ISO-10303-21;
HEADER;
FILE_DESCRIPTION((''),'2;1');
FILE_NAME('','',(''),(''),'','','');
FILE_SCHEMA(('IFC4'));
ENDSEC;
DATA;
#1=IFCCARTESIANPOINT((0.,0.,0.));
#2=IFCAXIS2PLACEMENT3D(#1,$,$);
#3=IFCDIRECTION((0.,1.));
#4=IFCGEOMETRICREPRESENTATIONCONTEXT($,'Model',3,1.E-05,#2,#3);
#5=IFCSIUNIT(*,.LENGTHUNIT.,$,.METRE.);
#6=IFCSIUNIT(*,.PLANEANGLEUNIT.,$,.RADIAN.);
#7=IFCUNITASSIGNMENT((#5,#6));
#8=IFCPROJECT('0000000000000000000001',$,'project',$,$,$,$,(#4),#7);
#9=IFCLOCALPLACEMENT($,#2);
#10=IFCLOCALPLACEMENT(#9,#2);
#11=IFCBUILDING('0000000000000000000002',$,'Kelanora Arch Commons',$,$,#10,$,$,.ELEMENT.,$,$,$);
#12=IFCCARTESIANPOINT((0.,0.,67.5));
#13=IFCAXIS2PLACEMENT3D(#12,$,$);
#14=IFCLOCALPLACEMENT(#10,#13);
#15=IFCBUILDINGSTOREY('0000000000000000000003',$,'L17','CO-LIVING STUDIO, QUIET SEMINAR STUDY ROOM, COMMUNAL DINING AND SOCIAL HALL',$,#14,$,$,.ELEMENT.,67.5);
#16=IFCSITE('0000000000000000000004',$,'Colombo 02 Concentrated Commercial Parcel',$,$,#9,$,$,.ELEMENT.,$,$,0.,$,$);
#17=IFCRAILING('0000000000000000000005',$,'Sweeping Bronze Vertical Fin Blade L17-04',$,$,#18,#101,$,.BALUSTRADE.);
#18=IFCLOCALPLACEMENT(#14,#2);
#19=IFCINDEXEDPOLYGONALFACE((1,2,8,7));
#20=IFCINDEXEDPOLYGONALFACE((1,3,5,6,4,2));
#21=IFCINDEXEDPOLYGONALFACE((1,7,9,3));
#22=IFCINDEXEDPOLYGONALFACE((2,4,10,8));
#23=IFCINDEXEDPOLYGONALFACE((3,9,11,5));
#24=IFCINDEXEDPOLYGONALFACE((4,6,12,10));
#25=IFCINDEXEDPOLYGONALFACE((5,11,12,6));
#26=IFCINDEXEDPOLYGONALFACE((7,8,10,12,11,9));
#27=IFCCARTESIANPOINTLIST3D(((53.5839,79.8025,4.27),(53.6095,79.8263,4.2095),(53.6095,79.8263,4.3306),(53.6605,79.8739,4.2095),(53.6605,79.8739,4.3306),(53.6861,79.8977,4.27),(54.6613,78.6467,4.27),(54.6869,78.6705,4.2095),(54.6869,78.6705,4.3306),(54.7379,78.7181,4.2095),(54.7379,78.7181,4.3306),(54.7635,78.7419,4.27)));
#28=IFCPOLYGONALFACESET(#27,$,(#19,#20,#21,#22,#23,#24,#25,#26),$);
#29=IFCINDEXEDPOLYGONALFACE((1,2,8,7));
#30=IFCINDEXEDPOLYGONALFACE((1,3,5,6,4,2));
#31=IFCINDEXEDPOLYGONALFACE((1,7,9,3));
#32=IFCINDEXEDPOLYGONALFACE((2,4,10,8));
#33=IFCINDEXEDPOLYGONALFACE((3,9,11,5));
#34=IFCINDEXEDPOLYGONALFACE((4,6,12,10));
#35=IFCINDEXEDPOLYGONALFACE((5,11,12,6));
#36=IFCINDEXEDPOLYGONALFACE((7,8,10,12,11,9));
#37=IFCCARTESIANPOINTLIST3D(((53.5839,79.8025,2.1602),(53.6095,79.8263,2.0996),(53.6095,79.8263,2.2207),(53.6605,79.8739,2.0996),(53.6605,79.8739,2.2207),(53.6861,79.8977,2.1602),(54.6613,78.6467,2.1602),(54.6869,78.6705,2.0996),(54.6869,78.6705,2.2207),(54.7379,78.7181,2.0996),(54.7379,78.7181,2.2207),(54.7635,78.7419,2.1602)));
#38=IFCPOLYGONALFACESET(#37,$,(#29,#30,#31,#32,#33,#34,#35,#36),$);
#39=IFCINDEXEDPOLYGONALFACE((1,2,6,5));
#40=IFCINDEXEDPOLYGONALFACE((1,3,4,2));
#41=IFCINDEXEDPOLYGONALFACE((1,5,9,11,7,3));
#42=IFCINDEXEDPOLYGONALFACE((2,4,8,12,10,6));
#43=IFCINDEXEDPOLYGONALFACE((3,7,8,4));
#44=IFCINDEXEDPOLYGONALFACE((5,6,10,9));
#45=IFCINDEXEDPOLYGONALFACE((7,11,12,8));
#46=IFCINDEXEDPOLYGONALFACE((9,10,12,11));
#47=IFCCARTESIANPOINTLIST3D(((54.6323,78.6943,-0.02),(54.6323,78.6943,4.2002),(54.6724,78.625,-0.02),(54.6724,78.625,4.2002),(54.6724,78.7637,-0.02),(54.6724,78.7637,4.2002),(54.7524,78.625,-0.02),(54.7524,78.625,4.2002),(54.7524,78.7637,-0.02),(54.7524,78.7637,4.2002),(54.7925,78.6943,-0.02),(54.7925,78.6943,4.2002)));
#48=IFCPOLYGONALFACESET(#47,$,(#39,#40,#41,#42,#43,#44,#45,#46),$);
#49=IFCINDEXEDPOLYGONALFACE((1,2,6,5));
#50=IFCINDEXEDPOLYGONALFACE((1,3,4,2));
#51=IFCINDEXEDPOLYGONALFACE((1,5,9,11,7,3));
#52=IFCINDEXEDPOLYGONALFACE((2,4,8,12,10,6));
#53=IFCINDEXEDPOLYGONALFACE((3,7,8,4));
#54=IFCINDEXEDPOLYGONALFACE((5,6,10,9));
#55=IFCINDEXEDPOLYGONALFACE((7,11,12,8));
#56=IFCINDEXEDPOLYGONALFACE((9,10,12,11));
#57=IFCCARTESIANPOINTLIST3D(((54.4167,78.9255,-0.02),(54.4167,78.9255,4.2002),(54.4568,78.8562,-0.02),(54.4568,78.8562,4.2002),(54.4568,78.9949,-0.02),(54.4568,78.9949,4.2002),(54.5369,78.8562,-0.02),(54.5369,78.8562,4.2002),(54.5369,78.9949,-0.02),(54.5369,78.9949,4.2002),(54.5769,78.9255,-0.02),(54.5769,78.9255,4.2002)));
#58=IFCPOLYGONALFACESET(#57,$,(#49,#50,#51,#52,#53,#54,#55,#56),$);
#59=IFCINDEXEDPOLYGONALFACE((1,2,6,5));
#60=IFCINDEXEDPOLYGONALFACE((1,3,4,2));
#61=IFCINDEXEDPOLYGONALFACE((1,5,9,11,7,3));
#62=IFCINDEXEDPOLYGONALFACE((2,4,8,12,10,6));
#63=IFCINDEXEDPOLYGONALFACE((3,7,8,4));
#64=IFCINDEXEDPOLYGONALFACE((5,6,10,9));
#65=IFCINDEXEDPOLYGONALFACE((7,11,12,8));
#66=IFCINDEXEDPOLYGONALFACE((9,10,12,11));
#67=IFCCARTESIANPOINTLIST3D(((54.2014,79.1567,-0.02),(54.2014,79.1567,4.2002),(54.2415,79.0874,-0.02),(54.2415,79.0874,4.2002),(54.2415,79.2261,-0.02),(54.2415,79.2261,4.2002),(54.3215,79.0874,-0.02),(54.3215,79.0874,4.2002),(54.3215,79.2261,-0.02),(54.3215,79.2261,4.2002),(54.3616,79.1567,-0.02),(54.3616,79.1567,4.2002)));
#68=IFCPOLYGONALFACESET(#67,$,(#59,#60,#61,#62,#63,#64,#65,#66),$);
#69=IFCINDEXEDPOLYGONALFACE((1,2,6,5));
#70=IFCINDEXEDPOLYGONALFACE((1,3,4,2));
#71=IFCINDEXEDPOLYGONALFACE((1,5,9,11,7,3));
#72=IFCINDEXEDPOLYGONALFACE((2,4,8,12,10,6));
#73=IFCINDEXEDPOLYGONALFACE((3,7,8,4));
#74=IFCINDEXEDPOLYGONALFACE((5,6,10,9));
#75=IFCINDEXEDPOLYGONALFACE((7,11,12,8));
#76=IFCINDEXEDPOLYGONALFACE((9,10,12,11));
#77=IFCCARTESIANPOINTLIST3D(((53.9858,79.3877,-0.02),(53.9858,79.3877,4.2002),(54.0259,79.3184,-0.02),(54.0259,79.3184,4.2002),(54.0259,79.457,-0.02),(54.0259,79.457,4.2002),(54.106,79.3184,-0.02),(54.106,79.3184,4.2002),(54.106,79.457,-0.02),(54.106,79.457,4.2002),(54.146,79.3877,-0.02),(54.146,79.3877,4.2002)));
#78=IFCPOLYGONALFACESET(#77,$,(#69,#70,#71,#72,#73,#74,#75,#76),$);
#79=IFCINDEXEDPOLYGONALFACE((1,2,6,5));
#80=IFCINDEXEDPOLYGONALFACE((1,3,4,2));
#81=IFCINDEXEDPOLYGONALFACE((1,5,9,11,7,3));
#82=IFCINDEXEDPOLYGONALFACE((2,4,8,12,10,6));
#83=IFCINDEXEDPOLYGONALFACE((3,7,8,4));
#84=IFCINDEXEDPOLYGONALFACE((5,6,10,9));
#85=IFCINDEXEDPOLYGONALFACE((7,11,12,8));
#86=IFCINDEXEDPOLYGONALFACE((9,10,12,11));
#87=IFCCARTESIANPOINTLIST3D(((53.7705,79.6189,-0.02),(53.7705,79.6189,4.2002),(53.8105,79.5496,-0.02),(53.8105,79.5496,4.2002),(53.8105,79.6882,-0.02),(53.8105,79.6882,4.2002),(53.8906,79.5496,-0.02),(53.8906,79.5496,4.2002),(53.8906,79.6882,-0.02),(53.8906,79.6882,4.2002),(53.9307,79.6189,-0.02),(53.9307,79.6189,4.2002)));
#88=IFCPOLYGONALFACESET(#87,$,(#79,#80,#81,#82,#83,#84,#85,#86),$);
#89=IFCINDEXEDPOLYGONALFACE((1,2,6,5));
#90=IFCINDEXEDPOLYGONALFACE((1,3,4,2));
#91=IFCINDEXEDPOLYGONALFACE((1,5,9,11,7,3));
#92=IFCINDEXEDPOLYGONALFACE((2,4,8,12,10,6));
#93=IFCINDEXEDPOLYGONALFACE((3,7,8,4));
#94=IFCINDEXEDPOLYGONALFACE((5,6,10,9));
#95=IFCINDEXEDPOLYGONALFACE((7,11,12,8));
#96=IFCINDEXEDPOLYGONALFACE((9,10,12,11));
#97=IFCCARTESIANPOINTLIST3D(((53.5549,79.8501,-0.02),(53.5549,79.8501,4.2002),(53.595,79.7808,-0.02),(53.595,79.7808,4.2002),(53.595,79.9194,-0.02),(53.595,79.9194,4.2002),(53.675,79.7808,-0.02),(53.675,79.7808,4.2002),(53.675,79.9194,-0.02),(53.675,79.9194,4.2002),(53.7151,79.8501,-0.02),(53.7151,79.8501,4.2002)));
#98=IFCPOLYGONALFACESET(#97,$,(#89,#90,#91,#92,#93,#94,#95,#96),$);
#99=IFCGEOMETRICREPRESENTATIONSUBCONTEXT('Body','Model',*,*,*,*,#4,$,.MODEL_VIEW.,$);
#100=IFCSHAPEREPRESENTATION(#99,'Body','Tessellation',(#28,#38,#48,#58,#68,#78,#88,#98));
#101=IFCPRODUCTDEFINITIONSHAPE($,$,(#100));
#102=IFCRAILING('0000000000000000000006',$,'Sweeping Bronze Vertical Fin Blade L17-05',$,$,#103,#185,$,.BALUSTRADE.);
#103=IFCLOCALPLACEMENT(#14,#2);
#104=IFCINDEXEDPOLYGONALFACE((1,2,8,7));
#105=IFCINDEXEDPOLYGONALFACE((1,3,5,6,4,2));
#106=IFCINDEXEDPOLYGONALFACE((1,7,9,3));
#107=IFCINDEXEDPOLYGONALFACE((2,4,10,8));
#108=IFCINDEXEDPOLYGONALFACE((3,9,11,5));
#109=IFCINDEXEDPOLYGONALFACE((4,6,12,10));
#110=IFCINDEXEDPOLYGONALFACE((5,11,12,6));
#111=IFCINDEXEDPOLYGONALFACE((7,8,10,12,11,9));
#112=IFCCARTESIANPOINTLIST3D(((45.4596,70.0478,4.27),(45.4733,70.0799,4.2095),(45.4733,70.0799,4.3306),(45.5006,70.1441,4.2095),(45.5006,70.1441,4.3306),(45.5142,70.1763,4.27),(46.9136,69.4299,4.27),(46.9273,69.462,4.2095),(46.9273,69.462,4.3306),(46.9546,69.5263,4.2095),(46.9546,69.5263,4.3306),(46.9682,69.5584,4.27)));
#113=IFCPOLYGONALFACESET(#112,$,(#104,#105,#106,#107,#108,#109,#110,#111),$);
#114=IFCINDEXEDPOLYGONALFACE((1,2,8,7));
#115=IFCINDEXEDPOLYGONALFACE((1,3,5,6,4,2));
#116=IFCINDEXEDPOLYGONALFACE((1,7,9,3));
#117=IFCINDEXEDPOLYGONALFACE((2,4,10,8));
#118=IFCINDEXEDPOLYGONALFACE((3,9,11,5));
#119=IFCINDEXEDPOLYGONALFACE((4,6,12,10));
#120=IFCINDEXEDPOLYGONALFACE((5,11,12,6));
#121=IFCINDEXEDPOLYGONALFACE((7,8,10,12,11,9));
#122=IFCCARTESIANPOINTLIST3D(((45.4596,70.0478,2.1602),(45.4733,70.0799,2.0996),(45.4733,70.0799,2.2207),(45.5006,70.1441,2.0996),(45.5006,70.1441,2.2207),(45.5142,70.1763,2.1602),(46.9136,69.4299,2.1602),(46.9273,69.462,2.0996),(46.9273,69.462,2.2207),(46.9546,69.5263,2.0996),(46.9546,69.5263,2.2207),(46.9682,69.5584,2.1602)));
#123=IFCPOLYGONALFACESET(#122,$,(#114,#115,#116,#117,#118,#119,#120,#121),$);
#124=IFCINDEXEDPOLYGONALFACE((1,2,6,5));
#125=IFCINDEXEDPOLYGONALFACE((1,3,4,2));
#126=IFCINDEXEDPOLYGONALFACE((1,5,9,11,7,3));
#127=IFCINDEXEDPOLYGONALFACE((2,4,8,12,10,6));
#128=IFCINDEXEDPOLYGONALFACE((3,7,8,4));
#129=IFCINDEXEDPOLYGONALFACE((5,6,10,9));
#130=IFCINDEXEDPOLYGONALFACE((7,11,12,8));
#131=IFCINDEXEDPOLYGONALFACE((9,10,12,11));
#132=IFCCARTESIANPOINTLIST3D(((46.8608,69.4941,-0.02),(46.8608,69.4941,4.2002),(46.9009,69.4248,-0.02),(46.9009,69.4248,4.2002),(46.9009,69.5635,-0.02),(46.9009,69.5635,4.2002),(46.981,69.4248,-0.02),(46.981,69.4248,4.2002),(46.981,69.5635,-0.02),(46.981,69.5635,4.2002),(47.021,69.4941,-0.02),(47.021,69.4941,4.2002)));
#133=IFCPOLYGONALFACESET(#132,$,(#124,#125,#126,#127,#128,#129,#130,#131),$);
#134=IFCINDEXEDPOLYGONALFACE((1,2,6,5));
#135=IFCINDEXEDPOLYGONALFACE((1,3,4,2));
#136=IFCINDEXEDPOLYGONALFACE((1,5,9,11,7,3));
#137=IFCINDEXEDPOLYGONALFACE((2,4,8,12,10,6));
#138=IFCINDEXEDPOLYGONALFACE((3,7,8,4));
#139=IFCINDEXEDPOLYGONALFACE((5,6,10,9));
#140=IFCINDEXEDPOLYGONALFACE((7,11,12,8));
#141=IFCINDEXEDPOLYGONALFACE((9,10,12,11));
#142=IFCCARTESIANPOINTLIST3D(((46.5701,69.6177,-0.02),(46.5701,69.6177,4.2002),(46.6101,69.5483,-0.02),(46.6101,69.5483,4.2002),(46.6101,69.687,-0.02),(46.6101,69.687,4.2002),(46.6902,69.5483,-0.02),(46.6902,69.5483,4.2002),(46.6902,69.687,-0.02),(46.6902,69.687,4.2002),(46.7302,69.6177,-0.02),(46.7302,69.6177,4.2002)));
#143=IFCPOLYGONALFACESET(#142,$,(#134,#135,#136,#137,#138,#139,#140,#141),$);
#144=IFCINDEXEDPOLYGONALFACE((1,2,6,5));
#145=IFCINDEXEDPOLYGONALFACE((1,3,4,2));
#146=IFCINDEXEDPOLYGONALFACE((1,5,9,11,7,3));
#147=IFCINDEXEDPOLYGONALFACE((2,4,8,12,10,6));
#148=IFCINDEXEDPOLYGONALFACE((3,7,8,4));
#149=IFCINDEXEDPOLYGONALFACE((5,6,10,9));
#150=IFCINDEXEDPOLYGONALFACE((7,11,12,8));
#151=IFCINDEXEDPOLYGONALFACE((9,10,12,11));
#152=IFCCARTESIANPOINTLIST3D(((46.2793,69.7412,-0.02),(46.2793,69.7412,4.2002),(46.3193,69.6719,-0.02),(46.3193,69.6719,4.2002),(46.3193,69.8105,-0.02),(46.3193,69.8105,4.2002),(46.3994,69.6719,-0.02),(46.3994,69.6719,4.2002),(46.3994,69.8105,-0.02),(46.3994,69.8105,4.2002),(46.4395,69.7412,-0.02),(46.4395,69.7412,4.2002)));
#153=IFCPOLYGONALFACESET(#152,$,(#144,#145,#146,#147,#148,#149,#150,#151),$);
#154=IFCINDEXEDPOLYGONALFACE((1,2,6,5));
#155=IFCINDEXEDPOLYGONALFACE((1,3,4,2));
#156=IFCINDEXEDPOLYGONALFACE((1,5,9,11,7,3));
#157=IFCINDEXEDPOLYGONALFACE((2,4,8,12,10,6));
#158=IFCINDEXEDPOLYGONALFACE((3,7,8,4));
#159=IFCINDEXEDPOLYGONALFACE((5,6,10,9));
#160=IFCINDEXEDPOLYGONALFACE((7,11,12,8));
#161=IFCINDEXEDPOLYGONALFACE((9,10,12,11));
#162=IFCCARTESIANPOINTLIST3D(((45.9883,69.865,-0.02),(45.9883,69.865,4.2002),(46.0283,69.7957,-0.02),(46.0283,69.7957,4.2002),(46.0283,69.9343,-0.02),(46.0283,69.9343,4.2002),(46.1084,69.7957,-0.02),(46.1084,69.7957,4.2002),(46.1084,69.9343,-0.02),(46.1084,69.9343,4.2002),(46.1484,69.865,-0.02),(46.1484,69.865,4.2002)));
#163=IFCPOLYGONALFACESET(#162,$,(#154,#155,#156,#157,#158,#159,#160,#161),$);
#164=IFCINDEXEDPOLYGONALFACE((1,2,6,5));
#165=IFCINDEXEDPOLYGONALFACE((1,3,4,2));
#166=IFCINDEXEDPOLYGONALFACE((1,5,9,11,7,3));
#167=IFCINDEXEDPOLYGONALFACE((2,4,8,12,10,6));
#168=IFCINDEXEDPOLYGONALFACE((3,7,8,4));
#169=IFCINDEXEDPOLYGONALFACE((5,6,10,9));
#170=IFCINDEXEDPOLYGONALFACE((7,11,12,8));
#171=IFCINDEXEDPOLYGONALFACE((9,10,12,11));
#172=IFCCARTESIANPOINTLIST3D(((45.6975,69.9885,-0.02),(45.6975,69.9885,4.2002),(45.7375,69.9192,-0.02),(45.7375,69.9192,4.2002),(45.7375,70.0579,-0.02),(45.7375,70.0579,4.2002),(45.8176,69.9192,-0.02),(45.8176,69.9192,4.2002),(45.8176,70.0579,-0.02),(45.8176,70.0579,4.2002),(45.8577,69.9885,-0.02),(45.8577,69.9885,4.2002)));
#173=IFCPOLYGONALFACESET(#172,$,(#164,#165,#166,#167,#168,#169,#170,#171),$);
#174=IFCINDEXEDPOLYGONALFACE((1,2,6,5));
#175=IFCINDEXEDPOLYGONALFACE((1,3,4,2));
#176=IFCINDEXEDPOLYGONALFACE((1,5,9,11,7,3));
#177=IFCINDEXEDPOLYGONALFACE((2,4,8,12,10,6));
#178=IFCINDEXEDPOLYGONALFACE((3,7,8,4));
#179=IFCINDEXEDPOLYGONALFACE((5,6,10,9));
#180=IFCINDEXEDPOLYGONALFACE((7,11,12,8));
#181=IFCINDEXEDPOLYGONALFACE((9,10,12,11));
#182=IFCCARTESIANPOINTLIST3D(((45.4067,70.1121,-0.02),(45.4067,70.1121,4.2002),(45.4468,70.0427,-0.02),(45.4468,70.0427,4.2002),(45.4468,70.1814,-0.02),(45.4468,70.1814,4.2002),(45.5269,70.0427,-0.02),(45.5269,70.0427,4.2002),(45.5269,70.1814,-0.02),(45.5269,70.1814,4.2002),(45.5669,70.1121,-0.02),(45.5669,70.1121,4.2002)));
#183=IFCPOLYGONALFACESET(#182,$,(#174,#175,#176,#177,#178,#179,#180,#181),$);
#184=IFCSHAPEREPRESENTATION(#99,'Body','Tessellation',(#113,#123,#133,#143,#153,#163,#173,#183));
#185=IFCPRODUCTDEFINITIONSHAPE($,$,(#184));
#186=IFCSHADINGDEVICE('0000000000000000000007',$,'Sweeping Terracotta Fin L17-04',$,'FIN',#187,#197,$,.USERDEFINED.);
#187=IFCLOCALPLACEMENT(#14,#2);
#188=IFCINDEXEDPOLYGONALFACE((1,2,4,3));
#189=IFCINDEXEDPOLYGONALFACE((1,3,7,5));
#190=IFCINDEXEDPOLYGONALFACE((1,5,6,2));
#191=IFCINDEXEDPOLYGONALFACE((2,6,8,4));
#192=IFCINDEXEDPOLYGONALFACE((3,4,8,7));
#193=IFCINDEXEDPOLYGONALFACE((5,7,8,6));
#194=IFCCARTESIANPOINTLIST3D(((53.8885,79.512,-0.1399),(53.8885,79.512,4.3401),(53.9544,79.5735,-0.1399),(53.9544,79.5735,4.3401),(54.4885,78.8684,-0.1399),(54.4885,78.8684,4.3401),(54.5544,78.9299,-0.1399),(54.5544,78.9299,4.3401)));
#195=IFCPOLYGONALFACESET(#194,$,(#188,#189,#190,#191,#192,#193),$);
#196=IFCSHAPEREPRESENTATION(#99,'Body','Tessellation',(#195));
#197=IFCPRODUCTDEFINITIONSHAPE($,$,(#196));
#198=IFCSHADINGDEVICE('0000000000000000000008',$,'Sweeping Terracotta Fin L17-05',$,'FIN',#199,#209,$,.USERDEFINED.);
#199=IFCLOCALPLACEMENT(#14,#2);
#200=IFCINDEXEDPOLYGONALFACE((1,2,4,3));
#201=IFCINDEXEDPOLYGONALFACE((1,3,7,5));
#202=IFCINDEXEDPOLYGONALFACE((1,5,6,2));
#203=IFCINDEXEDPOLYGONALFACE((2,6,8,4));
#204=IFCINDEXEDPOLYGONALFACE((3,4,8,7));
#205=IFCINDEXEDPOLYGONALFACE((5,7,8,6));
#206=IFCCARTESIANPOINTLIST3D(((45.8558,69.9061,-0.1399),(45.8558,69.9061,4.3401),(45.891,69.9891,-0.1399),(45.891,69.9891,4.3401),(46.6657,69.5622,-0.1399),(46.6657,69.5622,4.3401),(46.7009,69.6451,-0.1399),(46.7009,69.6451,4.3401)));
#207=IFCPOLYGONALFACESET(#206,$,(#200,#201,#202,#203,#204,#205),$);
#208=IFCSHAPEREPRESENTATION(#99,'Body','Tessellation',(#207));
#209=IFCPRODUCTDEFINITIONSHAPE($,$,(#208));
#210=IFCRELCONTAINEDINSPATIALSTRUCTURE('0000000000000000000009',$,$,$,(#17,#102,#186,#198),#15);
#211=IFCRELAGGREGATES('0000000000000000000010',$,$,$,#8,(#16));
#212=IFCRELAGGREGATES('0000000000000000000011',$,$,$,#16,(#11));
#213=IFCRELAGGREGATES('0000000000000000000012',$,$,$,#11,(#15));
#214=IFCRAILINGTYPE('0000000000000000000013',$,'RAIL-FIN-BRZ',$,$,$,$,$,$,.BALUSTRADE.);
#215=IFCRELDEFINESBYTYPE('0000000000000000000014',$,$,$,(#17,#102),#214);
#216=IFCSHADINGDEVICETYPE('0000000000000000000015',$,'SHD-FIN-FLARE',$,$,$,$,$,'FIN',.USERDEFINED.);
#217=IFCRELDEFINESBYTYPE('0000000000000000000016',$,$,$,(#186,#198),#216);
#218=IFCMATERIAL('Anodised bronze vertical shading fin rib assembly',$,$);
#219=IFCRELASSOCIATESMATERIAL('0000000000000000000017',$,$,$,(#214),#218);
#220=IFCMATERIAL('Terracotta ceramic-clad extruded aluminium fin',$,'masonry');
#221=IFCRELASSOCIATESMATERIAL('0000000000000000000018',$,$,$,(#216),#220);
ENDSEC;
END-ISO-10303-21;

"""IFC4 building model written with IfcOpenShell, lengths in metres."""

from ifc_helpers import new_model, si_unit, direction, frame, origin, origin_2d, place, context, subcontext, project, spatial, polyline, rectangle, outline, extrude, source, transform, mapped, material, type_object, element, save


model = new_model("IFC4")

# Units and contexts
model_context = context("Model", 3, precision=1e-05, world=origin(), true_north=direction((0.0, 1.0)))
body_context = subcontext(model_context, "Body", "Model", "MODEL_VIEW")
ifc_project = project(units=[si_unit("LENGTHUNIT", "METRE"), si_unit("PLANEANGLEUNIT", "RADIAN")], contexts=[model_context])

# Site, building, storey
site_placement = place(None, origin())
site = spatial("IfcSite", under=ifc_project, at=site_placement, Name="Colombo 02 Concentrated Commercial Parcel", CompositionType="ELEMENT", RefElevation=0.0)
building_placement = place(site_placement, origin())
building = spatial("IfcBuilding", under=site, at=building_placement, Name="Kelanora Arch Commons", CompositionType="ELEMENT")
storey_placement = place(building_placement, frame((0.0, 0.0, 67.5)))
storey = spatial("IfcBuildingStorey", under=building, at=storey_placement, Name="L17", Description="CO-LIVING STUDIO, QUIET SEMINAR STUDY ROOM, COMMUNAL DINING AND SOCIAL HALL", CompositionType="ELEMENT", Elevation=67.5)

# Railings
ifc_material_1 = material(Name="Anodised bronze vertical shading fin rib assembly")
railing_type = type_object("IfcRailingType", Name="RAIL-FIN-BRZ", PredefinedType="BALUSTRADE", material=ifc_material_1)
railing_1_placement = place(storey_placement, frame((54.7124, 78.6943, -0.02)))
element("IfcRailing", 1, at=railing_1_placement, inside=storey, type_object=railing_type, Name="Sweeping Bronze Vertical Fin Blade L17-04", PredefinedType="BALUSTRADE", context=body_context, shape_type="SweptSolid", body=[
    extrude(outline(polyline([(0.0698, 0.0), (0.0349, 0.0605), (-0.0349, 0.0605), (-0.0698, 0.0), (-0.0349, -0.0605), (0.0349, -0.0605), (0.0698, 0.0)])), frame((0.0, 0.0, 4.29), z_axis=(-0.681872, 0.731471, 0.0), x_axis=(-0.731471, -0.681872, 0.0)), (0.0, 0.0, 1.0), 1.5801),
    extrude(outline(polyline([(0.0698, 0.0), (0.0349, 0.0605), (-0.0349, 0.0605), (-0.0698, 0.0), (-0.0349, -0.0605), (0.0349, -0.0605), (0.0698, 0.0)])), frame((0.0, 0.0, 2.1802), z_axis=(-0.681872, 0.731471, 0.0), x_axis=(-0.731471, -0.681872, 0.0)), (0.0, 0.0, 1.0), 1.5801),
    extrude(outline(polyline([(0.0801, 0.0), (0.04, 0.0693), (-0.04, 0.0693), (-0.0801, 0.0), (-0.04, -0.0693), (0.04, -0.0693), (0.0801, 0.0)])), origin(), (0.0, 0.0, 1.0), 4.2202),
    extrude(outline(polyline([(0.0801, 0.0), (0.04, 0.0693), (-0.04, 0.0693), (-0.0801, 0.0), (-0.04, -0.0693), (0.04, -0.0693), (0.0801, 0.0)])), frame((-0.2156, 0.2312, 0.0)), (0.0, 0.0, 1.0), 4.2202),
    extrude(outline(polyline([(0.0801, 0.0), (0.04, 0.0693), (-0.04, 0.0693), (-0.0801, 0.0), (-0.04, -0.0693), (0.04, -0.0693), (0.0801, 0.0)])), frame((-0.4309, 0.4624, 0.0)), (0.0, 0.0, 1.0), 4.2202),
    extrude(outline(polyline([(0.0801, 0.0), (0.04, 0.0693), (-0.04, 0.0693), (-0.0801, 0.0), (-0.04, -0.0693), (0.04, -0.0693), (0.0801, 0.0)])), frame((-0.6465, 0.6934, 0.0)), (0.0, 0.0, 1.0), 4.2202),
    extrude(outline(polyline([(0.0801, 0.0), (0.04, 0.0693), (-0.04, 0.0693), (-0.0801, 0.0), (-0.04, -0.0693), (0.04, -0.0693), (0.0801, 0.0)])), frame((-0.8618, 0.9246, 0.0)), (0.0, 0.0, 1.0), 4.2202),
    extrude(outline(polyline([(0.0801, 0.0), (0.04, 0.0693), (-0.04, 0.0693), (-0.0801, 0.0), (-0.04, -0.0693), (0.04, -0.0693), (0.0801, 0.0)])), frame((-1.0774, 1.1558, 0.0)), (0.0, 0.0, 1.0), 4.2202),
])
railing_2_placement = place(storey_placement, frame((46.9409, 69.4941, -0.02)))
element("IfcRailing", 2, at=railing_2_placement, inside=storey, type_object=railing_type, Name="Sweeping Bronze Vertical Fin Blade L17-05", PredefinedType="BALUSTRADE", context=body_context, shape_type="SweptSolid", body=[
    extrude(outline(polyline([(0.0698, 0.0), (0.0349, 0.0605), (-0.0349, 0.0605), (-0.0698, 0.0), (-0.0349, -0.0605), (0.0349, -0.0605), (0.0698, 0.0)])), frame((0.0, 0.0, 4.29), z_axis=(-0.920348, 0.391101, 0.0), x_axis=(-0.391101, -0.920348, 0.0)), (0.0, 0.0, 1.0), 1.5798),
    extrude(outline(polyline([(0.0698, 0.0), (0.0349, 0.0605), (-0.0349, 0.0605), (-0.0698, 0.0), (-0.0349, -0.0605), (0.0349, -0.0605), (0.0698, 0.0)])), frame((0.0, 0.0, 2.1802), z_axis=(-0.920348, 0.391101, 0.0), x_axis=(-0.391101, -0.920348, 0.0)), (0.0, 0.0, 1.0), 1.5798),
    extrude(outline(polyline([(0.0801, 0.0), (0.04, 0.0693), (-0.04, 0.0693), (-0.0801, 0.0), (-0.04, -0.0693), (0.04, -0.0693), (0.0801, 0.0)])), origin(), (0.0, 0.0, 1.0), 4.2202),
    extrude(outline(polyline([(0.0801, 0.0), (0.04, 0.0693), (-0.04, 0.0693), (-0.0801, 0.0), (-0.04, -0.0693), (0.04, -0.0693), (0.0801, 0.0)])), frame((-0.2908, 0.1235, 0.0)), (0.0, 0.0, 1.0), 4.2202),
    extrude(outline(polyline([(0.0801, 0.0), (0.04, 0.0693), (-0.04, 0.0693), (-0.0801, 0.0), (-0.04, -0.0693), (0.04, -0.0693), (0.0801, 0.0)])), frame((-0.5815, 0.2471, 0.0)), (0.0, 0.0, 1.0), 4.2202),
    extrude(outline(polyline([(0.0801, 0.0), (0.04, 0.0693), (-0.04, 0.0693), (-0.0801, 0.0), (-0.04, -0.0693), (0.04, -0.0693), (0.0801, 0.0)])), frame((-0.8726, 0.3708, 0.0)), (0.0, 0.0, 1.0), 4.2202),
    extrude(outline(polyline([(0.0801, 0.0), (0.04, 0.0693), (-0.04, 0.0693), (-0.0801, 0.0), (-0.04, -0.0693), (0.04, -0.0693), (0.0801, 0.0)])), frame((-1.1633, 0.4944, 0.0)), (0.0, 0.0, 1.0), 4.2202),
    extrude(outline(polyline([(0.0801, 0.0), (0.04, 0.0693), (-0.04, 0.0693), (-0.0801, 0.0), (-0.04, -0.0693), (0.04, -0.0693), (0.0801, 0.0)])), frame((-1.4541, 0.6179, 0.0)), (0.0, 0.0, 1.0), 4.2202),
])

# Shading devices
ifc_material_2 = material(Name="Terracotta ceramic-clad extruded aluminium fin", Category="masonry")
shading_device_type = type_object("IfcShadingDeviceType", Name="SHD-FIN-FLARE", ElementType="FIN", PredefinedType="USERDEFINED", material=ifc_material_2)
shared_shape_1 = source(origin(), body_context, "Body", "SweptSolid", [
    extrude(rectangle(XDim=0.8799, YDim=0.0901, at=origin_2d()), origin(), (0.0, 0.0, 1.0), 4.48),
])
for number, where, z_axis, x_axis, name in (
    (3, (54.2214, 79.2209, -0.1399), (0.0, 0.0, 1.0), (-0.681871, 0.731473, 0.0), "Sweeping Terracotta Fin L17-04"),
    (4, (46.2783, 69.7756, -0.1399), (0.0, 0.0, 1.0), (-0.920437, 0.390892, 0.0), "Sweeping Terracotta Fin L17-05"),
):
    element("IfcShadingDevice", number, at=place(storey_placement, frame(where, z_axis=z_axis, x_axis=x_axis)), inside=storey, type_object=shading_device_type, Name=name, ObjectType="FIN", PredefinedType="USERDEFINED", context=body_context, shape_type="MappedRepresentation", body=[
        mapped(shared_shape_1, transform((0.0, 0.0, 0.0), scale=1.0)),
    ])

save(model, "model.ifc")
